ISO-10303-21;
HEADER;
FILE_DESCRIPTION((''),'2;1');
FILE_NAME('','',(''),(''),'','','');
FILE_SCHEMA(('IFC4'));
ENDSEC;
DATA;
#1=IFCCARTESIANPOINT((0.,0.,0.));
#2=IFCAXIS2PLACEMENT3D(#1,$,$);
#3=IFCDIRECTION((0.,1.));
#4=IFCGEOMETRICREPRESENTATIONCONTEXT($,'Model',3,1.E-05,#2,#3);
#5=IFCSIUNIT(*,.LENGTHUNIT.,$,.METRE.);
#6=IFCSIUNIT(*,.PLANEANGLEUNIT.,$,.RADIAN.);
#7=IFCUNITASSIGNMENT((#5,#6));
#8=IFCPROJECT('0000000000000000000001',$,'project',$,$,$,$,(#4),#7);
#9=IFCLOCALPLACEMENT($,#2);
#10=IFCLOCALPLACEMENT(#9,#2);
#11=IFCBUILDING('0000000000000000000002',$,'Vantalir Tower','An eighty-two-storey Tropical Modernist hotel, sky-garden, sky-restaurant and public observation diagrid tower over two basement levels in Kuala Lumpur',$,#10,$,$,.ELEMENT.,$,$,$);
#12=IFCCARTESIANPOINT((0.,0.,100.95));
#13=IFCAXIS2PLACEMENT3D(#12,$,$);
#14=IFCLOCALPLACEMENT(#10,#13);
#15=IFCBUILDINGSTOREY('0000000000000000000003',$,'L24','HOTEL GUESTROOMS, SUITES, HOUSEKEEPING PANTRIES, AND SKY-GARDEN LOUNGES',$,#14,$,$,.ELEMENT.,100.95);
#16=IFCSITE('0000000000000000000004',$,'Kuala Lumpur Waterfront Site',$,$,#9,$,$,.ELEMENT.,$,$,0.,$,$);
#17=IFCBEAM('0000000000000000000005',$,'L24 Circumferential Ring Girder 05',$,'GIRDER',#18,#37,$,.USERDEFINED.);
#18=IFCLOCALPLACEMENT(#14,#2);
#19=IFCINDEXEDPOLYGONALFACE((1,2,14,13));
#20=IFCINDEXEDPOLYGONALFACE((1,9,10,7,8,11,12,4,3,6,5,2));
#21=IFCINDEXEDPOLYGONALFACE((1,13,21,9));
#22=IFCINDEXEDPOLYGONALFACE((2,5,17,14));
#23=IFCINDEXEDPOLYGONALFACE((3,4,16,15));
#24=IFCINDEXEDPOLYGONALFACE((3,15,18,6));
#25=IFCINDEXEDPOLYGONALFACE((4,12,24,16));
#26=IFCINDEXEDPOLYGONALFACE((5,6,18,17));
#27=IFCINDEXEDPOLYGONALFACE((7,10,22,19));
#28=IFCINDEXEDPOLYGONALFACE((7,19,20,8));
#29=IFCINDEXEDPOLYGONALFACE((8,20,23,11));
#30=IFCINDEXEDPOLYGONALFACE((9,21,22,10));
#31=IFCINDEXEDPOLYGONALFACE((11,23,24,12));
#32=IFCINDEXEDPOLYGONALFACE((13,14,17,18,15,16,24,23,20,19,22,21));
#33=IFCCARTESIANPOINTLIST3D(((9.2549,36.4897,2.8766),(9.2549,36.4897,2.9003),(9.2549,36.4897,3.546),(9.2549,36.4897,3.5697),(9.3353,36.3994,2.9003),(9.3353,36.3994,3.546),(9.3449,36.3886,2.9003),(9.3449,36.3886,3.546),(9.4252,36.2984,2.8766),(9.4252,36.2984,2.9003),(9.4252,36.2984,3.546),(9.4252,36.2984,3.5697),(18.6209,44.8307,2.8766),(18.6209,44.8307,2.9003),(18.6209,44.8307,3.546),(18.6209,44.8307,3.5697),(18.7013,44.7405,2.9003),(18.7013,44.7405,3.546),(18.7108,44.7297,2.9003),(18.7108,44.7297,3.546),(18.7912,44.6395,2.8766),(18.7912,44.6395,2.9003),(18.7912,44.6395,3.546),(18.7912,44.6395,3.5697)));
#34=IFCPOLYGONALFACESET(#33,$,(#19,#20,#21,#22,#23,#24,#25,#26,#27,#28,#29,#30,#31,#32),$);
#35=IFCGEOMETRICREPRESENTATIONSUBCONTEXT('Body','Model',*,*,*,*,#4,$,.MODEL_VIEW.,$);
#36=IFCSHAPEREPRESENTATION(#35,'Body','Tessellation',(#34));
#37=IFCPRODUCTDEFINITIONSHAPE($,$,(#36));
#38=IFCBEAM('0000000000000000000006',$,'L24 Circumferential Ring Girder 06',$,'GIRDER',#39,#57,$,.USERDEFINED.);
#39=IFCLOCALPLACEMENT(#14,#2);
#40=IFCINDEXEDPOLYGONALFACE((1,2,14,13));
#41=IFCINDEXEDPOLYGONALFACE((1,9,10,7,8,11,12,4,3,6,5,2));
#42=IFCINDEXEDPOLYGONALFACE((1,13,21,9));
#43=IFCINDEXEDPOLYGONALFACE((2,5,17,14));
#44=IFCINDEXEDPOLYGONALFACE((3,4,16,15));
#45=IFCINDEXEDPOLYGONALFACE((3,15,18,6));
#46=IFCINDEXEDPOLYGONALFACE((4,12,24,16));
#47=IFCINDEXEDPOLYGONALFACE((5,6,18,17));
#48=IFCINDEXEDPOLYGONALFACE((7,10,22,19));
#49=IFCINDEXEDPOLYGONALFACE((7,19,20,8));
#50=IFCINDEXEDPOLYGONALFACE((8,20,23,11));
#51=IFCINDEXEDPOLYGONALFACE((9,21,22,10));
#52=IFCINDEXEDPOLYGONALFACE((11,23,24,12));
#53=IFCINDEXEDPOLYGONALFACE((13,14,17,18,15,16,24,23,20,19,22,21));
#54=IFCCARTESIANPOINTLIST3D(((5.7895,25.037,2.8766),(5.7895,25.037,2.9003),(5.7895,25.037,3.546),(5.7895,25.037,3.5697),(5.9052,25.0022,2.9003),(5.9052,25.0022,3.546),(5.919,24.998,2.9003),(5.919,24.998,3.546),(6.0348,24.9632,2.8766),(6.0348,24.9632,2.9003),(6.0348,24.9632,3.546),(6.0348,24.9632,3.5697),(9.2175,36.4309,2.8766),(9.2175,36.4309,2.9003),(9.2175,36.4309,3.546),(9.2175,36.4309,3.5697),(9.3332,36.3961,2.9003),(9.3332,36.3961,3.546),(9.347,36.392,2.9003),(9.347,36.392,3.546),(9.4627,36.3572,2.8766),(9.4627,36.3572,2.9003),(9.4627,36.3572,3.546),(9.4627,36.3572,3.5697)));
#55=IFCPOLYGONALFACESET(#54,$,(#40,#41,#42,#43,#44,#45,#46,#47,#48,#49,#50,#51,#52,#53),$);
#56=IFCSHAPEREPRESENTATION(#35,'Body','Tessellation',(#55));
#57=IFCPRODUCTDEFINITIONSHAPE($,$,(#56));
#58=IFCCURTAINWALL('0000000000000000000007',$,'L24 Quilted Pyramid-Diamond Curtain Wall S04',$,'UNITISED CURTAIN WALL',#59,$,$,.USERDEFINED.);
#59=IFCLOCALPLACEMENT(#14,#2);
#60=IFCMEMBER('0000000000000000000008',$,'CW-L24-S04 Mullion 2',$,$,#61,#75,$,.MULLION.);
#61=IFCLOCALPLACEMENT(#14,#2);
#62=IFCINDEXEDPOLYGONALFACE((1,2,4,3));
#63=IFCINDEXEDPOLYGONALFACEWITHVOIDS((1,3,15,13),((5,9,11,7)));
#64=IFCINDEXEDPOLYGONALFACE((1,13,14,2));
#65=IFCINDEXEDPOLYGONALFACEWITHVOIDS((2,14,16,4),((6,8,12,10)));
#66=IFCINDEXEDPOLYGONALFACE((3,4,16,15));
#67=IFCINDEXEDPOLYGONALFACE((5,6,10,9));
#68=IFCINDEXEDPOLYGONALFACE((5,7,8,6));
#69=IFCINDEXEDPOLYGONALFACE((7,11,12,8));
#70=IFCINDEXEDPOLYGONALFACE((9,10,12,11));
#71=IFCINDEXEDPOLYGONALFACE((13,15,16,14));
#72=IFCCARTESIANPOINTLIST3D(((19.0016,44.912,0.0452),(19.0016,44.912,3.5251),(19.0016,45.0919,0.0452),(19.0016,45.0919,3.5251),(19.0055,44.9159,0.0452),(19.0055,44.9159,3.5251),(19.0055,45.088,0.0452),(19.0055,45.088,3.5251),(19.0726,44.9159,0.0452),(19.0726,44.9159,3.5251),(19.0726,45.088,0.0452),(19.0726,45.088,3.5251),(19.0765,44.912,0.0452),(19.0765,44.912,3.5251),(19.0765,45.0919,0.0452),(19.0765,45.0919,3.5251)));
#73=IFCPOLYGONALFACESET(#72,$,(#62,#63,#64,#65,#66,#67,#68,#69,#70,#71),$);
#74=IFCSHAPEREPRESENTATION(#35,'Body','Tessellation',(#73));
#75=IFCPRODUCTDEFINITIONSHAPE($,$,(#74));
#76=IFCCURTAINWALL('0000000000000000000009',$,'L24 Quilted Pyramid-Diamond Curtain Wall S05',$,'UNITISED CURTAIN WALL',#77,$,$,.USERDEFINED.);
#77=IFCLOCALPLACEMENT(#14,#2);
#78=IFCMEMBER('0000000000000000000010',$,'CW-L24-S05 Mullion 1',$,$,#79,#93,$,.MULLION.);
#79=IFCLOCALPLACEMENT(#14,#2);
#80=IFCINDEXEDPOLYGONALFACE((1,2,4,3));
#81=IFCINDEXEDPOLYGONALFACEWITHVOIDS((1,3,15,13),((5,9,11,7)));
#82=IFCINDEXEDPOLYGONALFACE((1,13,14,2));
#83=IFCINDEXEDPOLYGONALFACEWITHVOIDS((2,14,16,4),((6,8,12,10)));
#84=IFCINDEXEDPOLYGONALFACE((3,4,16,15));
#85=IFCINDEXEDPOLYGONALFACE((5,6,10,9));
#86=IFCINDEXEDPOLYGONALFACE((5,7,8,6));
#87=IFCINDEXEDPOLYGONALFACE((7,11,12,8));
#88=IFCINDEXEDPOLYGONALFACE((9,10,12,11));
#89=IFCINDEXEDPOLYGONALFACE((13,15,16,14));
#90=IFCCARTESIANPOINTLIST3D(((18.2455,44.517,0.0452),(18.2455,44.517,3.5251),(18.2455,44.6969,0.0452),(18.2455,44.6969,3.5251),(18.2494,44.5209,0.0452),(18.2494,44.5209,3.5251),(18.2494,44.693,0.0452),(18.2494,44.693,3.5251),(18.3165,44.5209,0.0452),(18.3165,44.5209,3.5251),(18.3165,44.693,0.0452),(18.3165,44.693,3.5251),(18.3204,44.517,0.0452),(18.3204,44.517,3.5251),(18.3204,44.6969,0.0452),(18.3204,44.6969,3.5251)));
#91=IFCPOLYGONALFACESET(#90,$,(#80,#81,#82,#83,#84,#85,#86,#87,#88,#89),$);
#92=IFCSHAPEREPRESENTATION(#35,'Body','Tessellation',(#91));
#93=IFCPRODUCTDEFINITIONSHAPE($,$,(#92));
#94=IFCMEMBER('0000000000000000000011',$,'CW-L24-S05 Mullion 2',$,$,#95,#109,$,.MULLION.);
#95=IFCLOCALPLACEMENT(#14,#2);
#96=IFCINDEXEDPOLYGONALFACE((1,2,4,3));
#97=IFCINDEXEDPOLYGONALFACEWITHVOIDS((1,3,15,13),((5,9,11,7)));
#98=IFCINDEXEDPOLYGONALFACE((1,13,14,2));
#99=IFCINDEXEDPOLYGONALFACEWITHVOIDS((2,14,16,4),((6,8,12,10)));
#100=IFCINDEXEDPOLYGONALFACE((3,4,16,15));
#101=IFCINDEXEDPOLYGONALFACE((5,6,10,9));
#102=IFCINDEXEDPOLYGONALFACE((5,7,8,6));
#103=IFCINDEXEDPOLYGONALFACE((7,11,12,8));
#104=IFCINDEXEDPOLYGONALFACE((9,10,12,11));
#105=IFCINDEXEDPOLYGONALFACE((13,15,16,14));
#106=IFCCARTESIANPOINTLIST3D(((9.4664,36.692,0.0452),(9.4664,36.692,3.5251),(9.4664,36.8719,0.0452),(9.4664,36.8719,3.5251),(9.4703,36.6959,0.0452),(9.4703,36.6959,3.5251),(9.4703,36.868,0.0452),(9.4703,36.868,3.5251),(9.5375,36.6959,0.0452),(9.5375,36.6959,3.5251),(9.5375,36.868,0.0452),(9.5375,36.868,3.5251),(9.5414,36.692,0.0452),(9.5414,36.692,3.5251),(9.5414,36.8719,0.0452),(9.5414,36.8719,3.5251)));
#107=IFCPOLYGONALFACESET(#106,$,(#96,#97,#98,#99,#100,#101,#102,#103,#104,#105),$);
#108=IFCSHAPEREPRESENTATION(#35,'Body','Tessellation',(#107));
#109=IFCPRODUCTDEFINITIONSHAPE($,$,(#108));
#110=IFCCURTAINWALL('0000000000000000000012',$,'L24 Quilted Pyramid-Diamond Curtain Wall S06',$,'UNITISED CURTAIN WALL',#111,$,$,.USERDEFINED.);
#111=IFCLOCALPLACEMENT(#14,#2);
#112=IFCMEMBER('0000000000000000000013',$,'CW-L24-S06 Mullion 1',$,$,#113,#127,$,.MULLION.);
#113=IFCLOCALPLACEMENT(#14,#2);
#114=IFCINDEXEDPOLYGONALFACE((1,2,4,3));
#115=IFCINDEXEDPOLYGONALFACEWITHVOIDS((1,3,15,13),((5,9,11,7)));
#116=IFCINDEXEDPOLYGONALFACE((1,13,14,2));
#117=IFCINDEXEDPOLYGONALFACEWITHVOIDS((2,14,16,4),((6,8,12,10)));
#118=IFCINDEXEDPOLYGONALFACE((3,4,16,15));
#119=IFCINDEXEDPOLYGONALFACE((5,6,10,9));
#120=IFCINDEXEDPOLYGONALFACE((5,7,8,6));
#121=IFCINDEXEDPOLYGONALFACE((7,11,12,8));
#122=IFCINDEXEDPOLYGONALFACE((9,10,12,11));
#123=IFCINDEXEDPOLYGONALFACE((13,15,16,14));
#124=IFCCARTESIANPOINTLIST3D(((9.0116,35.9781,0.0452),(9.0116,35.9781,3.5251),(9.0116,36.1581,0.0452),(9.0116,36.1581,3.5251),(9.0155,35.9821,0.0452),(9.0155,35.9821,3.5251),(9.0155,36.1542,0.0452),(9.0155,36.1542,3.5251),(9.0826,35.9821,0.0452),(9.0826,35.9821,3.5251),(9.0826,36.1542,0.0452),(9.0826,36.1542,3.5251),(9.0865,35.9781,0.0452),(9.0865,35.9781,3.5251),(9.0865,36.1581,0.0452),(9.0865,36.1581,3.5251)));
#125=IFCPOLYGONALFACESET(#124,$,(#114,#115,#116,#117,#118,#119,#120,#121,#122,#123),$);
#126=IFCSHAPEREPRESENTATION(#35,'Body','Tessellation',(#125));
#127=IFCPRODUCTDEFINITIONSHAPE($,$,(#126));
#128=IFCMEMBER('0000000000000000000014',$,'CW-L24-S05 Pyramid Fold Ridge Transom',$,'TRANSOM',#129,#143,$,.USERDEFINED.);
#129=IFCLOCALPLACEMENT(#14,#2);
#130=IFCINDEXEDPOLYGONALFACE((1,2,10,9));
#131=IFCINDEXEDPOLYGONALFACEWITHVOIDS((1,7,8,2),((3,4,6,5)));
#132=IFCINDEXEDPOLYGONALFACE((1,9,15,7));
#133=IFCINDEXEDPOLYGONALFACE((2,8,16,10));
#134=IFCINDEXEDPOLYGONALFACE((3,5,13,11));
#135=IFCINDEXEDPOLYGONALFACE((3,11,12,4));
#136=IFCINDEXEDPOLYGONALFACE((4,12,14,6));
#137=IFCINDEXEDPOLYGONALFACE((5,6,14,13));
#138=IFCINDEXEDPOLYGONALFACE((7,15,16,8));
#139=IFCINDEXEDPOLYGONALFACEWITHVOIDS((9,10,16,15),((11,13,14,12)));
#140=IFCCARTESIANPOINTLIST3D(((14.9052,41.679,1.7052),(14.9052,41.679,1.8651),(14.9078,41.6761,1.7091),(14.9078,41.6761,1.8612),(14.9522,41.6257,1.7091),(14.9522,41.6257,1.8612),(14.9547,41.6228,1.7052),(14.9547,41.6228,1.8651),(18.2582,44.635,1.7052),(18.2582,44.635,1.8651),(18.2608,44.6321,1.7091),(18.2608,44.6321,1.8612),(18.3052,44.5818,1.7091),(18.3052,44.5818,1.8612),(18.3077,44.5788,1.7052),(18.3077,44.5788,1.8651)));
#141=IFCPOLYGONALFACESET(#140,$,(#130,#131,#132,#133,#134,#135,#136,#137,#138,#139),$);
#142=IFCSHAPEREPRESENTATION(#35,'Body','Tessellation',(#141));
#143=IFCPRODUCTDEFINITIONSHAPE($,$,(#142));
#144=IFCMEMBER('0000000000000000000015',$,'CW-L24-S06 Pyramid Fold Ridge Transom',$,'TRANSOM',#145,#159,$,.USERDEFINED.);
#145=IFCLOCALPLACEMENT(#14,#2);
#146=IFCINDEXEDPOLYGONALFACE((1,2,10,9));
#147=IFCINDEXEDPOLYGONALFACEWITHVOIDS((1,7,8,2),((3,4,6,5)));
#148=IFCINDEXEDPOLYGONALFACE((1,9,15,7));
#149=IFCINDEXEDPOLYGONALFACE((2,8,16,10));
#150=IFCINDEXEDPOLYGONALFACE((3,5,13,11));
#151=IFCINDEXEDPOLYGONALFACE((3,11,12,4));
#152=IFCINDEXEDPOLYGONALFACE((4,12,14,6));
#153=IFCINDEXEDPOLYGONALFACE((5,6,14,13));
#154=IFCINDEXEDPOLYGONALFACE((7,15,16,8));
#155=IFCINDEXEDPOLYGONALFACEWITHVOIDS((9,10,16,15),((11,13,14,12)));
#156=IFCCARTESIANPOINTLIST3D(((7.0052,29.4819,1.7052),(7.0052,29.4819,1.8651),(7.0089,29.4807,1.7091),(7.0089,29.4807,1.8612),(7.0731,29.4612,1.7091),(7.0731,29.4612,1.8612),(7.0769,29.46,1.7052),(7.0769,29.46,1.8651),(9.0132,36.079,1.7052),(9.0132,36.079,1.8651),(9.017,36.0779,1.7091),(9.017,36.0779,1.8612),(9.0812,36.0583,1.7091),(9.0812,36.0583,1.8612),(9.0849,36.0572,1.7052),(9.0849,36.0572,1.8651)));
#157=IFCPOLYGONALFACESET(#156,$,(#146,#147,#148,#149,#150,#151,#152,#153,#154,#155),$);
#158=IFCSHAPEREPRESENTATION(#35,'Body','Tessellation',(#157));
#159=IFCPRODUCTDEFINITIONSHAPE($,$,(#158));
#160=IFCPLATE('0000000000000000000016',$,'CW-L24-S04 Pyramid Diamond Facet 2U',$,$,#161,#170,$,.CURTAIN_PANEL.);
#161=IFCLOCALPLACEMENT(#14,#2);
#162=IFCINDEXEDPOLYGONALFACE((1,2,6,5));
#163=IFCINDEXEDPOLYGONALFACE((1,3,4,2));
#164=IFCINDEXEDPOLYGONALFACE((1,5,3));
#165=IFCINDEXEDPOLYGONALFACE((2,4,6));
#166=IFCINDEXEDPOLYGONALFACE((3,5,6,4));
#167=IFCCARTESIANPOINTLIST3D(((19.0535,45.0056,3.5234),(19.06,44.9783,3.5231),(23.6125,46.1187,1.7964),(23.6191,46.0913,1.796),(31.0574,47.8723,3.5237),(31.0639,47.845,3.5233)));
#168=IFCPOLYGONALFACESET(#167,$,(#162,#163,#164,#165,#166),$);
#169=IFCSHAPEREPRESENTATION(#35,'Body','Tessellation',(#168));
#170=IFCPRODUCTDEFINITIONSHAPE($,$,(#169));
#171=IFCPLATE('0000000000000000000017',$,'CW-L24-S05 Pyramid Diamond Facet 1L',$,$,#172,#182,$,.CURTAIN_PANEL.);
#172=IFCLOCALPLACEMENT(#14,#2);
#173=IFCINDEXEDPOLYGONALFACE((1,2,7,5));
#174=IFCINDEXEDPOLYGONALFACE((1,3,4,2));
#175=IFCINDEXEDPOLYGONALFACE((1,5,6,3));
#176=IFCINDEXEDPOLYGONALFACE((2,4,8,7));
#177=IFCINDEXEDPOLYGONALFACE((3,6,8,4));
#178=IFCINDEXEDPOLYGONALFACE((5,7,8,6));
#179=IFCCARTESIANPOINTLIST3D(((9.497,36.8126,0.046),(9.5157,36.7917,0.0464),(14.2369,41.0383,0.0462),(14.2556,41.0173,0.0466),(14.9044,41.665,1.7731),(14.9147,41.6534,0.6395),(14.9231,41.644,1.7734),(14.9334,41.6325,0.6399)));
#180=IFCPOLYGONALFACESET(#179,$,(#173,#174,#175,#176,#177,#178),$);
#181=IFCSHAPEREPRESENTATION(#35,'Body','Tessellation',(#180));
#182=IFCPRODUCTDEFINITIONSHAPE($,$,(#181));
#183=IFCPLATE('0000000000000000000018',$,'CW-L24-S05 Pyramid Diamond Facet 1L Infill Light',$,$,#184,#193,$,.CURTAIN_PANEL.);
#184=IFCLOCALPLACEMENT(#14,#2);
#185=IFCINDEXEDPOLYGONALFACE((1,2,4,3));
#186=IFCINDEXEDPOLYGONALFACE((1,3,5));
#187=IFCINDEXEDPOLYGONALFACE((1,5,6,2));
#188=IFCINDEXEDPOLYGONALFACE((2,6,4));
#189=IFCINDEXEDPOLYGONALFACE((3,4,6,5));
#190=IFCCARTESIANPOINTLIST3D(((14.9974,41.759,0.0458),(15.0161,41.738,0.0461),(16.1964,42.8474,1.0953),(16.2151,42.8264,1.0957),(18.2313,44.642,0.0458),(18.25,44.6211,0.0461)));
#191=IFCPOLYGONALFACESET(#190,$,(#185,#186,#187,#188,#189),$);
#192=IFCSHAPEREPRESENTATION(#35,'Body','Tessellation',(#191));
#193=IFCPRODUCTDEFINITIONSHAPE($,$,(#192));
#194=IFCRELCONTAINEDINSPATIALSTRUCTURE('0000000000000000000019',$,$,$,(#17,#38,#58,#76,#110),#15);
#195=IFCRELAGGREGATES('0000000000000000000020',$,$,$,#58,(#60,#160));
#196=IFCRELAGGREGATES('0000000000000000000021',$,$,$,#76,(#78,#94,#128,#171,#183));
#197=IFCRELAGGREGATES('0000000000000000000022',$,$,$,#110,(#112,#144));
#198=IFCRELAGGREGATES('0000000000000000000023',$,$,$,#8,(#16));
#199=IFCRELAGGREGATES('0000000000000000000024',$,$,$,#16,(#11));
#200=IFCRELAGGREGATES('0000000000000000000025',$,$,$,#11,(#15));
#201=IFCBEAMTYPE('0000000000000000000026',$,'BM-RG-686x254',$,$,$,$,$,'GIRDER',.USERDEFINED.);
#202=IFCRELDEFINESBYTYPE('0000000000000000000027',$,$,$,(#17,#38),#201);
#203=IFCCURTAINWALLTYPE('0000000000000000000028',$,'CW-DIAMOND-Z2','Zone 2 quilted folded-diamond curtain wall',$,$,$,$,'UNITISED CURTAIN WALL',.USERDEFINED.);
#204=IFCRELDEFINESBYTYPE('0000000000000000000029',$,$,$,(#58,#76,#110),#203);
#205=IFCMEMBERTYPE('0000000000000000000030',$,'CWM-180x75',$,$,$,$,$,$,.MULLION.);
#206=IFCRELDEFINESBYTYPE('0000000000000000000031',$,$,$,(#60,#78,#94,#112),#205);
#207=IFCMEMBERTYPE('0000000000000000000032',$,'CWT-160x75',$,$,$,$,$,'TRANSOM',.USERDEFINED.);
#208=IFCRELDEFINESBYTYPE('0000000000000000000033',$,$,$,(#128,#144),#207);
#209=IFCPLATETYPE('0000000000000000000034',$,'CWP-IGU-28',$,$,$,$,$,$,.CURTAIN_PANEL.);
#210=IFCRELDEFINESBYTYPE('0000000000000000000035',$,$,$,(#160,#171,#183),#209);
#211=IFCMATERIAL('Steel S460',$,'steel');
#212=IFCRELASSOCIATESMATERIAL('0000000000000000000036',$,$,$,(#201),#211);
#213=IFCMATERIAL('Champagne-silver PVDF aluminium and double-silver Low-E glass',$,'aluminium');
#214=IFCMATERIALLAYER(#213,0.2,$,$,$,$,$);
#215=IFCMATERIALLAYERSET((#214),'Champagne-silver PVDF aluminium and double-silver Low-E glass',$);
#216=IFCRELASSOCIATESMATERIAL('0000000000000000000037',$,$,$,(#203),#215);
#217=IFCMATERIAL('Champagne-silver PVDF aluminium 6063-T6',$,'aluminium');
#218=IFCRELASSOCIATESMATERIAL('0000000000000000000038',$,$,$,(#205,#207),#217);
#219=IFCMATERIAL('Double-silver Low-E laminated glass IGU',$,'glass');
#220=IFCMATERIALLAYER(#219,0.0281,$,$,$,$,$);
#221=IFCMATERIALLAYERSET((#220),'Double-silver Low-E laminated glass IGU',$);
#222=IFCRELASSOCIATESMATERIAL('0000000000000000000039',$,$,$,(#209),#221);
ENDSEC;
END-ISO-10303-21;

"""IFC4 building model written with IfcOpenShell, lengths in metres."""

from ifc_helpers import new_model, si_unit, direction, frame, origin, origin_2d, place, context, subcontext, project, spatial, polyline, hollow_rectangle, i_section, outline, extrude, material, layer, layer_set, material_profile, profile_set, type_object, element, aggregate, save


model = new_model("IFC4")

# Units and contexts
model_context = context("Model", 3, precision=1e-05, world=origin(), true_north=direction((0.0, 1.0)))
body_context = subcontext(model_context, "Body", "Model", "MODEL_VIEW")
ifc_project = project(units=[si_unit("LENGTHUNIT", "METRE"), si_unit("PLANEANGLEUNIT", "RADIAN")], contexts=[model_context])

# Site, building, storey
site_placement = place(None, origin())
site = spatial("IfcSite", under=ifc_project, at=site_placement, Name="Kuala Lumpur Waterfront Site", CompositionType="ELEMENT", RefElevation=0.0)
building_placement = place(site_placement, origin())
building = spatial("IfcBuilding", under=site, at=building_placement, Name="Vantalir Tower", Description="An eighty-two-storey Tropical Modernist hotel, sky-garden, sky-restaurant and public observation diagrid tower over two basement levels in Kuala Lumpur", CompositionType="ELEMENT")
storey_placement = place(building_placement, frame((0.0, 0.0, 100.95)))
storey = spatial("IfcBuildingStorey", under=building, at=storey_placement, Name="L24", Description="HOTEL GUESTROOMS, SUITES, HOUSEKEEPING PANTRIES, AND SKY-GARDEN LOUNGES", CompositionType="ELEMENT", Elevation=100.95)

# Shared definitions
ifc_material_1 = material(Name="Steel S460", Category="steel")

# Beams
ifc_material_profile_1 = material_profile(ifc_material_1, i_section(OverallWidth=0.2561, OverallDepth=0.6931, WebThickness=0.0144, FlangeThickness=0.0237, at=origin_2d()), Name="Steel S460")
ifc_profile_set_1 = profile_set([ifc_material_profile_1], Name="Steel S460")
beam_type_1 = type_object("IfcBeamType", Name="BM-RG-686x254", ElementType="GIRDER", PredefinedType="USERDEFINED", material=ifc_profile_set_1)
beam_1_placement = place(storey_placement, frame((18.7061, 44.7351, 3.2231), z_axis=(-0.746785, -0.665066, 0.0), x_axis=(0.665066, -0.746785, 0.0)))
element("IfcBeam", 1, at=beam_1_placement, inside=storey, type_object=beam_type_1, Name="L24 Circumferential Ring Girder 05", ObjectType="GIRDER", PredefinedType="USERDEFINED", context=body_context, shape_type="SweptSolid", body=[
    extrude(i_section(OverallWidth=0.2561, OverallDepth=0.6931, WebThickness=0.0144, FlangeThickness=0.0237, at=origin_2d()), origin(), (0.0, 0.0, 1.0), 12.5417),
])
beam_2_placement = place(storey_placement, frame((9.3401, 36.394, 3.2231), z_axis=(-0.288101, -0.9576, 0.0), x_axis=(0.9576, -0.288101, 0.0)))
element("IfcBeam", 2, at=beam_2_placement, inside=storey, type_object=beam_type_1, Name="L24 Circumferential Ring Girder 06", ObjectType="GIRDER", PredefinedType="USERDEFINED", context=body_context, shape_type="SweptSolid", body=[
    extrude(i_section(OverallWidth=0.2561, OverallDepth=0.6931, WebThickness=0.0144, FlangeThickness=0.0237, at=origin_2d()), origin(), (0.0, 0.0, 1.0), 11.8984),
])

# Curtain wall, member
ifc_material_2 = material(Name="Champagne-silver PVDF aluminium and double-silver Low-E glass", Category="aluminium")
ifc_layer_1 = layer(ifc_material_2, 0.2)
ifc_layer_set_1 = layer_set([ifc_layer_1], Name="Champagne-silver PVDF aluminium and double-silver Low-E glass")
curtain_wall_type = type_object("IfcCurtainWallType", Name="CW-DIAMOND-Z2", Description="Zone 2 quilted folded-diamond curtain wall", ElementType="UNITISED CURTAIN WALL", PredefinedType="USERDEFINED", material=ifc_layer_set_1)
curtain_wall_1_placement = place(storey_placement, origin())
curtain_wall_1 = element("IfcCurtainWall", 3, at=curtain_wall_1_placement, inside=storey, type_object=curtain_wall_type, Name="L24 Quilted Pyramid-Diamond Curtain Wall S04", ObjectType="UNITISED CURTAIN WALL", PredefinedType="USERDEFINED")
ifc_material_3 = material(Name="Champagne-silver PVDF aluminium 6063-T6", Category="aluminium")
ifc_material_profile_2 = material_profile(ifc_material_3, hollow_rectangle(XDim=0.075, YDim=0.1799, WallThickness=0.0039, at=origin_2d()), Name="Champagne-silver PVDF aluminium 6063-T6")
ifc_profile_set_2 = profile_set([ifc_material_profile_2], Name="Champagne-silver PVDF aluminium 6063-T6")
member_type_1 = type_object("IfcMemberType", Name="CWM-180x75", PredefinedType="MULLION", material=ifc_profile_set_2)
member_1_placement = place(storey_placement, frame((19.0391, 45.002, 0.0452), z_axis=(0.0, 0.0, 1.0), x_axis=(1.0, 0.0, 0.0)))
member_1 = element("IfcMember", 4, at=member_1_placement, type_object=member_type_1, Name="CW-L24-S04 Mullion 2", PredefinedType="MULLION", context=body_context, shape_type="SweptSolid", body=[
    extrude(hollow_rectangle(XDim=0.075, YDim=0.1799, WallThickness=0.0039, at=origin_2d()), origin(), (0.0, 0.0, 1.0), 3.48),
])

# Curtain wall, members
curtain_wall_2_placement = place(storey_placement, origin())
curtain_wall_2 = element("IfcCurtainWall", 5, at=curtain_wall_2_placement, inside=storey, type_object=curtain_wall_type, Name="L24 Quilted Pyramid-Diamond Curtain Wall S05", ObjectType="UNITISED CURTAIN WALL", PredefinedType="USERDEFINED")
member_2_placement = place(storey_placement, frame((18.283, 44.6069, 0.0452), z_axis=(0.0, 0.0, 1.0), x_axis=(1.0, 0.0, 0.0)))
member_2 = element("IfcMember", 6, at=member_2_placement, type_object=member_type_1, Name="CW-L24-S05 Mullion 1", PredefinedType="MULLION", context=body_context, shape_type="SweptSolid", body=[
    extrude(hollow_rectangle(XDim=0.075, YDim=0.1799, WallThickness=0.0039, at=origin_2d()), origin(), (0.0, 0.0, 1.0), 3.48),
])
member_3_placement = place(storey_placement, frame((9.5039, 36.782, 0.0452), z_axis=(0.0, 0.0, 1.0), x_axis=(1.0, 0.0, 0.0)))
member_3 = element("IfcMember", 7, at=member_3_placement, type_object=member_type_1, Name="CW-L24-S05 Mullion 2", PredefinedType="MULLION", context=body_context, shape_type="SweptSolid", body=[
    extrude(hollow_rectangle(XDim=0.075, YDim=0.1799, WallThickness=0.0039, at=origin_2d()), origin(), (0.0, 0.0, 1.0), 3.48),
])

# Curtain wall, member
curtain_wall_3_placement = place(storey_placement, origin())
curtain_wall_3 = element("IfcCurtainWall", 8, at=curtain_wall_3_placement, inside=storey, type_object=curtain_wall_type, Name="L24 Quilted Pyramid-Diamond Curtain Wall S06", ObjectType="UNITISED CURTAIN WALL", PredefinedType="USERDEFINED")
member_4_placement = place(storey_placement, frame((9.0491, 36.0681, 0.0452), z_axis=(0.0, 0.0, 1.0), x_axis=(1.0, 0.0, 0.0)))
member_4 = element("IfcMember", 9, at=member_4_placement, type_object=member_type_1, Name="CW-L24-S06 Mullion 1", PredefinedType="MULLION", context=body_context, shape_type="SweptSolid", body=[
    extrude(hollow_rectangle(XDim=0.075, YDim=0.1799, WallThickness=0.0039, at=origin_2d()), origin(), (0.0, 0.0, 1.0), 3.48),
])

# Members
ifc_material_profile_3 = material_profile(ifc_material_3, hollow_rectangle(XDim=0.075, YDim=0.1599, WallThickness=0.0039, at=origin_2d()), Name="Champagne-silver PVDF aluminium 6063-T6")
ifc_profile_set_3 = profile_set([ifc_material_profile_3], Name="Champagne-silver PVDF aluminium 6063-T6")
member_type_2 = type_object("IfcMemberType", Name="CWT-160x75", ElementType="TRANSOM", PredefinedType="USERDEFINED", material=ifc_profile_set_3)
member_5_placement = place(storey_placement, frame((18.283, 44.6069, 1.7852), z_axis=(-0.750115, -0.661307, 0.0), x_axis=(0.661307, -0.750115, 0.0)))
member_5 = element("IfcMember", 10, at=member_5_placement, type_object=member_type_2, Name="CW-L24-S05 Pyramid Fold Ridge Transom", ObjectType="TRANSOM", PredefinedType="USERDEFINED", context=body_context, shape_type="SweptSolid", body=[
    extrude(hollow_rectangle(XDim=0.075, YDim=0.1599, WallThickness=0.0039, at=origin_2d()), origin(), (0.0, 0.0, 1.0), 4.47),
])
member_6_placement = place(storey_placement, frame((9.0491, 36.0681, 1.7852), z_axis=(-0.291191, -0.956665, 0.0), x_axis=(0.956665, -0.291191, 0.0)))
member_6 = element("IfcMember", 11, at=member_6_placement, type_object=member_type_2, Name="CW-L24-S06 Pyramid Fold Ridge Transom", ObjectType="TRANSOM", PredefinedType="USERDEFINED", context=body_context, shape_type="SweptSolid", body=[
    extrude(hollow_rectangle(XDim=0.075, YDim=0.1599, WallThickness=0.0039, at=origin_2d()), origin(), (0.0, 0.0, 1.0), 6.896),
])

# Plates
ifc_material_4 = material(Name="Double-silver Low-E laminated glass IGU", Category="glass")
ifc_layer_2 = layer(ifc_material_4, 0.0281)
ifc_layer_set_2 = layer_set([ifc_layer_2], Name="Double-silver Low-E laminated glass IGU")
plate_type_1 = type_object("IfcPlateType", Name="CWP-IGU-28", PredefinedType="CURTAIN_PANEL", material=ifc_layer_set_2)
plate_1_placement = place(storey_placement, frame((19.0535, 45.0056, 3.5234), z_axis=(-0.232261, 0.972558, 0.013664), x_axis=(0.972648, 0.232282, 0.00002)))
plate_1 = element("IfcPlate", 12, at=plate_1_placement, type_object=plate_type_1, Name="CW-L24-S04 Pyramid Diamond Facet 2U", PredefinedType="CURTAIN_PANEL", context=body_context, shape_type="SweptSolid", body=[
    extrude(outline(polyline([(0.0, 0.0), (12.3415, 0.0), (4.6929, 1.7273), (0.0, 0.0)])), origin(), (0.0, 0.0, -1.0), 0.0281),
])
aggregate(curtain_wall_1, [member_1, plate_1])
plate_2_placement = place(storey_placement, frame((14.2556, 41.0173, 0.0466), z_axis=(0.665393, -0.746368, 0.013678), x_axis=(-0.746437, -0.665456, -0.000038)))
plate_2 = element("IfcPlate", 13, at=plate_2_placement, type_object=plate_type_1, Name="CW-L24-S05 Pyramid Diamond Facet 1L", PredefinedType="CURTAIN_PANEL", context=body_context, shape_type="SweptSolid", body=[
    extrude(outline(polyline([(0.0, 0.0), (6.35, 0.0), (-0.9153, -1.7269), (-0.9153, -0.5933), (0.0, 0.0)])), origin(), (0.0, 0.0, -1.0), 0.0281),
])
plate_3_placement = place(storey_placement, frame((18.25, 44.6211, 0.0461), z_axis=(0.665394, -0.746364, 0.01385), x_axis=(-0.746435, -0.665458, 0.0)))
plate_3 = element("IfcPlate", 14, at=plate_3_placement, type_object=plate_type_1, Name="CW-L24-S05 Pyramid Diamond Facet 1L Infill Light", PredefinedType="CURTAIN_PANEL", context=body_context, shape_type="SweptSolid", body=[
    extrude(outline(polyline([(0.0, 0.0), (4.3324, 0.0), (2.7132, -1.0497), (0.0, 0.0)])), origin(), (0.0, 0.0, -1.0), 0.0281),
])
aggregate(curtain_wall_2, [member_2, member_3, member_5, plate_2, plate_3])
aggregate(curtain_wall_3, [member_4, member_6])

save(model, "model.ifc")
